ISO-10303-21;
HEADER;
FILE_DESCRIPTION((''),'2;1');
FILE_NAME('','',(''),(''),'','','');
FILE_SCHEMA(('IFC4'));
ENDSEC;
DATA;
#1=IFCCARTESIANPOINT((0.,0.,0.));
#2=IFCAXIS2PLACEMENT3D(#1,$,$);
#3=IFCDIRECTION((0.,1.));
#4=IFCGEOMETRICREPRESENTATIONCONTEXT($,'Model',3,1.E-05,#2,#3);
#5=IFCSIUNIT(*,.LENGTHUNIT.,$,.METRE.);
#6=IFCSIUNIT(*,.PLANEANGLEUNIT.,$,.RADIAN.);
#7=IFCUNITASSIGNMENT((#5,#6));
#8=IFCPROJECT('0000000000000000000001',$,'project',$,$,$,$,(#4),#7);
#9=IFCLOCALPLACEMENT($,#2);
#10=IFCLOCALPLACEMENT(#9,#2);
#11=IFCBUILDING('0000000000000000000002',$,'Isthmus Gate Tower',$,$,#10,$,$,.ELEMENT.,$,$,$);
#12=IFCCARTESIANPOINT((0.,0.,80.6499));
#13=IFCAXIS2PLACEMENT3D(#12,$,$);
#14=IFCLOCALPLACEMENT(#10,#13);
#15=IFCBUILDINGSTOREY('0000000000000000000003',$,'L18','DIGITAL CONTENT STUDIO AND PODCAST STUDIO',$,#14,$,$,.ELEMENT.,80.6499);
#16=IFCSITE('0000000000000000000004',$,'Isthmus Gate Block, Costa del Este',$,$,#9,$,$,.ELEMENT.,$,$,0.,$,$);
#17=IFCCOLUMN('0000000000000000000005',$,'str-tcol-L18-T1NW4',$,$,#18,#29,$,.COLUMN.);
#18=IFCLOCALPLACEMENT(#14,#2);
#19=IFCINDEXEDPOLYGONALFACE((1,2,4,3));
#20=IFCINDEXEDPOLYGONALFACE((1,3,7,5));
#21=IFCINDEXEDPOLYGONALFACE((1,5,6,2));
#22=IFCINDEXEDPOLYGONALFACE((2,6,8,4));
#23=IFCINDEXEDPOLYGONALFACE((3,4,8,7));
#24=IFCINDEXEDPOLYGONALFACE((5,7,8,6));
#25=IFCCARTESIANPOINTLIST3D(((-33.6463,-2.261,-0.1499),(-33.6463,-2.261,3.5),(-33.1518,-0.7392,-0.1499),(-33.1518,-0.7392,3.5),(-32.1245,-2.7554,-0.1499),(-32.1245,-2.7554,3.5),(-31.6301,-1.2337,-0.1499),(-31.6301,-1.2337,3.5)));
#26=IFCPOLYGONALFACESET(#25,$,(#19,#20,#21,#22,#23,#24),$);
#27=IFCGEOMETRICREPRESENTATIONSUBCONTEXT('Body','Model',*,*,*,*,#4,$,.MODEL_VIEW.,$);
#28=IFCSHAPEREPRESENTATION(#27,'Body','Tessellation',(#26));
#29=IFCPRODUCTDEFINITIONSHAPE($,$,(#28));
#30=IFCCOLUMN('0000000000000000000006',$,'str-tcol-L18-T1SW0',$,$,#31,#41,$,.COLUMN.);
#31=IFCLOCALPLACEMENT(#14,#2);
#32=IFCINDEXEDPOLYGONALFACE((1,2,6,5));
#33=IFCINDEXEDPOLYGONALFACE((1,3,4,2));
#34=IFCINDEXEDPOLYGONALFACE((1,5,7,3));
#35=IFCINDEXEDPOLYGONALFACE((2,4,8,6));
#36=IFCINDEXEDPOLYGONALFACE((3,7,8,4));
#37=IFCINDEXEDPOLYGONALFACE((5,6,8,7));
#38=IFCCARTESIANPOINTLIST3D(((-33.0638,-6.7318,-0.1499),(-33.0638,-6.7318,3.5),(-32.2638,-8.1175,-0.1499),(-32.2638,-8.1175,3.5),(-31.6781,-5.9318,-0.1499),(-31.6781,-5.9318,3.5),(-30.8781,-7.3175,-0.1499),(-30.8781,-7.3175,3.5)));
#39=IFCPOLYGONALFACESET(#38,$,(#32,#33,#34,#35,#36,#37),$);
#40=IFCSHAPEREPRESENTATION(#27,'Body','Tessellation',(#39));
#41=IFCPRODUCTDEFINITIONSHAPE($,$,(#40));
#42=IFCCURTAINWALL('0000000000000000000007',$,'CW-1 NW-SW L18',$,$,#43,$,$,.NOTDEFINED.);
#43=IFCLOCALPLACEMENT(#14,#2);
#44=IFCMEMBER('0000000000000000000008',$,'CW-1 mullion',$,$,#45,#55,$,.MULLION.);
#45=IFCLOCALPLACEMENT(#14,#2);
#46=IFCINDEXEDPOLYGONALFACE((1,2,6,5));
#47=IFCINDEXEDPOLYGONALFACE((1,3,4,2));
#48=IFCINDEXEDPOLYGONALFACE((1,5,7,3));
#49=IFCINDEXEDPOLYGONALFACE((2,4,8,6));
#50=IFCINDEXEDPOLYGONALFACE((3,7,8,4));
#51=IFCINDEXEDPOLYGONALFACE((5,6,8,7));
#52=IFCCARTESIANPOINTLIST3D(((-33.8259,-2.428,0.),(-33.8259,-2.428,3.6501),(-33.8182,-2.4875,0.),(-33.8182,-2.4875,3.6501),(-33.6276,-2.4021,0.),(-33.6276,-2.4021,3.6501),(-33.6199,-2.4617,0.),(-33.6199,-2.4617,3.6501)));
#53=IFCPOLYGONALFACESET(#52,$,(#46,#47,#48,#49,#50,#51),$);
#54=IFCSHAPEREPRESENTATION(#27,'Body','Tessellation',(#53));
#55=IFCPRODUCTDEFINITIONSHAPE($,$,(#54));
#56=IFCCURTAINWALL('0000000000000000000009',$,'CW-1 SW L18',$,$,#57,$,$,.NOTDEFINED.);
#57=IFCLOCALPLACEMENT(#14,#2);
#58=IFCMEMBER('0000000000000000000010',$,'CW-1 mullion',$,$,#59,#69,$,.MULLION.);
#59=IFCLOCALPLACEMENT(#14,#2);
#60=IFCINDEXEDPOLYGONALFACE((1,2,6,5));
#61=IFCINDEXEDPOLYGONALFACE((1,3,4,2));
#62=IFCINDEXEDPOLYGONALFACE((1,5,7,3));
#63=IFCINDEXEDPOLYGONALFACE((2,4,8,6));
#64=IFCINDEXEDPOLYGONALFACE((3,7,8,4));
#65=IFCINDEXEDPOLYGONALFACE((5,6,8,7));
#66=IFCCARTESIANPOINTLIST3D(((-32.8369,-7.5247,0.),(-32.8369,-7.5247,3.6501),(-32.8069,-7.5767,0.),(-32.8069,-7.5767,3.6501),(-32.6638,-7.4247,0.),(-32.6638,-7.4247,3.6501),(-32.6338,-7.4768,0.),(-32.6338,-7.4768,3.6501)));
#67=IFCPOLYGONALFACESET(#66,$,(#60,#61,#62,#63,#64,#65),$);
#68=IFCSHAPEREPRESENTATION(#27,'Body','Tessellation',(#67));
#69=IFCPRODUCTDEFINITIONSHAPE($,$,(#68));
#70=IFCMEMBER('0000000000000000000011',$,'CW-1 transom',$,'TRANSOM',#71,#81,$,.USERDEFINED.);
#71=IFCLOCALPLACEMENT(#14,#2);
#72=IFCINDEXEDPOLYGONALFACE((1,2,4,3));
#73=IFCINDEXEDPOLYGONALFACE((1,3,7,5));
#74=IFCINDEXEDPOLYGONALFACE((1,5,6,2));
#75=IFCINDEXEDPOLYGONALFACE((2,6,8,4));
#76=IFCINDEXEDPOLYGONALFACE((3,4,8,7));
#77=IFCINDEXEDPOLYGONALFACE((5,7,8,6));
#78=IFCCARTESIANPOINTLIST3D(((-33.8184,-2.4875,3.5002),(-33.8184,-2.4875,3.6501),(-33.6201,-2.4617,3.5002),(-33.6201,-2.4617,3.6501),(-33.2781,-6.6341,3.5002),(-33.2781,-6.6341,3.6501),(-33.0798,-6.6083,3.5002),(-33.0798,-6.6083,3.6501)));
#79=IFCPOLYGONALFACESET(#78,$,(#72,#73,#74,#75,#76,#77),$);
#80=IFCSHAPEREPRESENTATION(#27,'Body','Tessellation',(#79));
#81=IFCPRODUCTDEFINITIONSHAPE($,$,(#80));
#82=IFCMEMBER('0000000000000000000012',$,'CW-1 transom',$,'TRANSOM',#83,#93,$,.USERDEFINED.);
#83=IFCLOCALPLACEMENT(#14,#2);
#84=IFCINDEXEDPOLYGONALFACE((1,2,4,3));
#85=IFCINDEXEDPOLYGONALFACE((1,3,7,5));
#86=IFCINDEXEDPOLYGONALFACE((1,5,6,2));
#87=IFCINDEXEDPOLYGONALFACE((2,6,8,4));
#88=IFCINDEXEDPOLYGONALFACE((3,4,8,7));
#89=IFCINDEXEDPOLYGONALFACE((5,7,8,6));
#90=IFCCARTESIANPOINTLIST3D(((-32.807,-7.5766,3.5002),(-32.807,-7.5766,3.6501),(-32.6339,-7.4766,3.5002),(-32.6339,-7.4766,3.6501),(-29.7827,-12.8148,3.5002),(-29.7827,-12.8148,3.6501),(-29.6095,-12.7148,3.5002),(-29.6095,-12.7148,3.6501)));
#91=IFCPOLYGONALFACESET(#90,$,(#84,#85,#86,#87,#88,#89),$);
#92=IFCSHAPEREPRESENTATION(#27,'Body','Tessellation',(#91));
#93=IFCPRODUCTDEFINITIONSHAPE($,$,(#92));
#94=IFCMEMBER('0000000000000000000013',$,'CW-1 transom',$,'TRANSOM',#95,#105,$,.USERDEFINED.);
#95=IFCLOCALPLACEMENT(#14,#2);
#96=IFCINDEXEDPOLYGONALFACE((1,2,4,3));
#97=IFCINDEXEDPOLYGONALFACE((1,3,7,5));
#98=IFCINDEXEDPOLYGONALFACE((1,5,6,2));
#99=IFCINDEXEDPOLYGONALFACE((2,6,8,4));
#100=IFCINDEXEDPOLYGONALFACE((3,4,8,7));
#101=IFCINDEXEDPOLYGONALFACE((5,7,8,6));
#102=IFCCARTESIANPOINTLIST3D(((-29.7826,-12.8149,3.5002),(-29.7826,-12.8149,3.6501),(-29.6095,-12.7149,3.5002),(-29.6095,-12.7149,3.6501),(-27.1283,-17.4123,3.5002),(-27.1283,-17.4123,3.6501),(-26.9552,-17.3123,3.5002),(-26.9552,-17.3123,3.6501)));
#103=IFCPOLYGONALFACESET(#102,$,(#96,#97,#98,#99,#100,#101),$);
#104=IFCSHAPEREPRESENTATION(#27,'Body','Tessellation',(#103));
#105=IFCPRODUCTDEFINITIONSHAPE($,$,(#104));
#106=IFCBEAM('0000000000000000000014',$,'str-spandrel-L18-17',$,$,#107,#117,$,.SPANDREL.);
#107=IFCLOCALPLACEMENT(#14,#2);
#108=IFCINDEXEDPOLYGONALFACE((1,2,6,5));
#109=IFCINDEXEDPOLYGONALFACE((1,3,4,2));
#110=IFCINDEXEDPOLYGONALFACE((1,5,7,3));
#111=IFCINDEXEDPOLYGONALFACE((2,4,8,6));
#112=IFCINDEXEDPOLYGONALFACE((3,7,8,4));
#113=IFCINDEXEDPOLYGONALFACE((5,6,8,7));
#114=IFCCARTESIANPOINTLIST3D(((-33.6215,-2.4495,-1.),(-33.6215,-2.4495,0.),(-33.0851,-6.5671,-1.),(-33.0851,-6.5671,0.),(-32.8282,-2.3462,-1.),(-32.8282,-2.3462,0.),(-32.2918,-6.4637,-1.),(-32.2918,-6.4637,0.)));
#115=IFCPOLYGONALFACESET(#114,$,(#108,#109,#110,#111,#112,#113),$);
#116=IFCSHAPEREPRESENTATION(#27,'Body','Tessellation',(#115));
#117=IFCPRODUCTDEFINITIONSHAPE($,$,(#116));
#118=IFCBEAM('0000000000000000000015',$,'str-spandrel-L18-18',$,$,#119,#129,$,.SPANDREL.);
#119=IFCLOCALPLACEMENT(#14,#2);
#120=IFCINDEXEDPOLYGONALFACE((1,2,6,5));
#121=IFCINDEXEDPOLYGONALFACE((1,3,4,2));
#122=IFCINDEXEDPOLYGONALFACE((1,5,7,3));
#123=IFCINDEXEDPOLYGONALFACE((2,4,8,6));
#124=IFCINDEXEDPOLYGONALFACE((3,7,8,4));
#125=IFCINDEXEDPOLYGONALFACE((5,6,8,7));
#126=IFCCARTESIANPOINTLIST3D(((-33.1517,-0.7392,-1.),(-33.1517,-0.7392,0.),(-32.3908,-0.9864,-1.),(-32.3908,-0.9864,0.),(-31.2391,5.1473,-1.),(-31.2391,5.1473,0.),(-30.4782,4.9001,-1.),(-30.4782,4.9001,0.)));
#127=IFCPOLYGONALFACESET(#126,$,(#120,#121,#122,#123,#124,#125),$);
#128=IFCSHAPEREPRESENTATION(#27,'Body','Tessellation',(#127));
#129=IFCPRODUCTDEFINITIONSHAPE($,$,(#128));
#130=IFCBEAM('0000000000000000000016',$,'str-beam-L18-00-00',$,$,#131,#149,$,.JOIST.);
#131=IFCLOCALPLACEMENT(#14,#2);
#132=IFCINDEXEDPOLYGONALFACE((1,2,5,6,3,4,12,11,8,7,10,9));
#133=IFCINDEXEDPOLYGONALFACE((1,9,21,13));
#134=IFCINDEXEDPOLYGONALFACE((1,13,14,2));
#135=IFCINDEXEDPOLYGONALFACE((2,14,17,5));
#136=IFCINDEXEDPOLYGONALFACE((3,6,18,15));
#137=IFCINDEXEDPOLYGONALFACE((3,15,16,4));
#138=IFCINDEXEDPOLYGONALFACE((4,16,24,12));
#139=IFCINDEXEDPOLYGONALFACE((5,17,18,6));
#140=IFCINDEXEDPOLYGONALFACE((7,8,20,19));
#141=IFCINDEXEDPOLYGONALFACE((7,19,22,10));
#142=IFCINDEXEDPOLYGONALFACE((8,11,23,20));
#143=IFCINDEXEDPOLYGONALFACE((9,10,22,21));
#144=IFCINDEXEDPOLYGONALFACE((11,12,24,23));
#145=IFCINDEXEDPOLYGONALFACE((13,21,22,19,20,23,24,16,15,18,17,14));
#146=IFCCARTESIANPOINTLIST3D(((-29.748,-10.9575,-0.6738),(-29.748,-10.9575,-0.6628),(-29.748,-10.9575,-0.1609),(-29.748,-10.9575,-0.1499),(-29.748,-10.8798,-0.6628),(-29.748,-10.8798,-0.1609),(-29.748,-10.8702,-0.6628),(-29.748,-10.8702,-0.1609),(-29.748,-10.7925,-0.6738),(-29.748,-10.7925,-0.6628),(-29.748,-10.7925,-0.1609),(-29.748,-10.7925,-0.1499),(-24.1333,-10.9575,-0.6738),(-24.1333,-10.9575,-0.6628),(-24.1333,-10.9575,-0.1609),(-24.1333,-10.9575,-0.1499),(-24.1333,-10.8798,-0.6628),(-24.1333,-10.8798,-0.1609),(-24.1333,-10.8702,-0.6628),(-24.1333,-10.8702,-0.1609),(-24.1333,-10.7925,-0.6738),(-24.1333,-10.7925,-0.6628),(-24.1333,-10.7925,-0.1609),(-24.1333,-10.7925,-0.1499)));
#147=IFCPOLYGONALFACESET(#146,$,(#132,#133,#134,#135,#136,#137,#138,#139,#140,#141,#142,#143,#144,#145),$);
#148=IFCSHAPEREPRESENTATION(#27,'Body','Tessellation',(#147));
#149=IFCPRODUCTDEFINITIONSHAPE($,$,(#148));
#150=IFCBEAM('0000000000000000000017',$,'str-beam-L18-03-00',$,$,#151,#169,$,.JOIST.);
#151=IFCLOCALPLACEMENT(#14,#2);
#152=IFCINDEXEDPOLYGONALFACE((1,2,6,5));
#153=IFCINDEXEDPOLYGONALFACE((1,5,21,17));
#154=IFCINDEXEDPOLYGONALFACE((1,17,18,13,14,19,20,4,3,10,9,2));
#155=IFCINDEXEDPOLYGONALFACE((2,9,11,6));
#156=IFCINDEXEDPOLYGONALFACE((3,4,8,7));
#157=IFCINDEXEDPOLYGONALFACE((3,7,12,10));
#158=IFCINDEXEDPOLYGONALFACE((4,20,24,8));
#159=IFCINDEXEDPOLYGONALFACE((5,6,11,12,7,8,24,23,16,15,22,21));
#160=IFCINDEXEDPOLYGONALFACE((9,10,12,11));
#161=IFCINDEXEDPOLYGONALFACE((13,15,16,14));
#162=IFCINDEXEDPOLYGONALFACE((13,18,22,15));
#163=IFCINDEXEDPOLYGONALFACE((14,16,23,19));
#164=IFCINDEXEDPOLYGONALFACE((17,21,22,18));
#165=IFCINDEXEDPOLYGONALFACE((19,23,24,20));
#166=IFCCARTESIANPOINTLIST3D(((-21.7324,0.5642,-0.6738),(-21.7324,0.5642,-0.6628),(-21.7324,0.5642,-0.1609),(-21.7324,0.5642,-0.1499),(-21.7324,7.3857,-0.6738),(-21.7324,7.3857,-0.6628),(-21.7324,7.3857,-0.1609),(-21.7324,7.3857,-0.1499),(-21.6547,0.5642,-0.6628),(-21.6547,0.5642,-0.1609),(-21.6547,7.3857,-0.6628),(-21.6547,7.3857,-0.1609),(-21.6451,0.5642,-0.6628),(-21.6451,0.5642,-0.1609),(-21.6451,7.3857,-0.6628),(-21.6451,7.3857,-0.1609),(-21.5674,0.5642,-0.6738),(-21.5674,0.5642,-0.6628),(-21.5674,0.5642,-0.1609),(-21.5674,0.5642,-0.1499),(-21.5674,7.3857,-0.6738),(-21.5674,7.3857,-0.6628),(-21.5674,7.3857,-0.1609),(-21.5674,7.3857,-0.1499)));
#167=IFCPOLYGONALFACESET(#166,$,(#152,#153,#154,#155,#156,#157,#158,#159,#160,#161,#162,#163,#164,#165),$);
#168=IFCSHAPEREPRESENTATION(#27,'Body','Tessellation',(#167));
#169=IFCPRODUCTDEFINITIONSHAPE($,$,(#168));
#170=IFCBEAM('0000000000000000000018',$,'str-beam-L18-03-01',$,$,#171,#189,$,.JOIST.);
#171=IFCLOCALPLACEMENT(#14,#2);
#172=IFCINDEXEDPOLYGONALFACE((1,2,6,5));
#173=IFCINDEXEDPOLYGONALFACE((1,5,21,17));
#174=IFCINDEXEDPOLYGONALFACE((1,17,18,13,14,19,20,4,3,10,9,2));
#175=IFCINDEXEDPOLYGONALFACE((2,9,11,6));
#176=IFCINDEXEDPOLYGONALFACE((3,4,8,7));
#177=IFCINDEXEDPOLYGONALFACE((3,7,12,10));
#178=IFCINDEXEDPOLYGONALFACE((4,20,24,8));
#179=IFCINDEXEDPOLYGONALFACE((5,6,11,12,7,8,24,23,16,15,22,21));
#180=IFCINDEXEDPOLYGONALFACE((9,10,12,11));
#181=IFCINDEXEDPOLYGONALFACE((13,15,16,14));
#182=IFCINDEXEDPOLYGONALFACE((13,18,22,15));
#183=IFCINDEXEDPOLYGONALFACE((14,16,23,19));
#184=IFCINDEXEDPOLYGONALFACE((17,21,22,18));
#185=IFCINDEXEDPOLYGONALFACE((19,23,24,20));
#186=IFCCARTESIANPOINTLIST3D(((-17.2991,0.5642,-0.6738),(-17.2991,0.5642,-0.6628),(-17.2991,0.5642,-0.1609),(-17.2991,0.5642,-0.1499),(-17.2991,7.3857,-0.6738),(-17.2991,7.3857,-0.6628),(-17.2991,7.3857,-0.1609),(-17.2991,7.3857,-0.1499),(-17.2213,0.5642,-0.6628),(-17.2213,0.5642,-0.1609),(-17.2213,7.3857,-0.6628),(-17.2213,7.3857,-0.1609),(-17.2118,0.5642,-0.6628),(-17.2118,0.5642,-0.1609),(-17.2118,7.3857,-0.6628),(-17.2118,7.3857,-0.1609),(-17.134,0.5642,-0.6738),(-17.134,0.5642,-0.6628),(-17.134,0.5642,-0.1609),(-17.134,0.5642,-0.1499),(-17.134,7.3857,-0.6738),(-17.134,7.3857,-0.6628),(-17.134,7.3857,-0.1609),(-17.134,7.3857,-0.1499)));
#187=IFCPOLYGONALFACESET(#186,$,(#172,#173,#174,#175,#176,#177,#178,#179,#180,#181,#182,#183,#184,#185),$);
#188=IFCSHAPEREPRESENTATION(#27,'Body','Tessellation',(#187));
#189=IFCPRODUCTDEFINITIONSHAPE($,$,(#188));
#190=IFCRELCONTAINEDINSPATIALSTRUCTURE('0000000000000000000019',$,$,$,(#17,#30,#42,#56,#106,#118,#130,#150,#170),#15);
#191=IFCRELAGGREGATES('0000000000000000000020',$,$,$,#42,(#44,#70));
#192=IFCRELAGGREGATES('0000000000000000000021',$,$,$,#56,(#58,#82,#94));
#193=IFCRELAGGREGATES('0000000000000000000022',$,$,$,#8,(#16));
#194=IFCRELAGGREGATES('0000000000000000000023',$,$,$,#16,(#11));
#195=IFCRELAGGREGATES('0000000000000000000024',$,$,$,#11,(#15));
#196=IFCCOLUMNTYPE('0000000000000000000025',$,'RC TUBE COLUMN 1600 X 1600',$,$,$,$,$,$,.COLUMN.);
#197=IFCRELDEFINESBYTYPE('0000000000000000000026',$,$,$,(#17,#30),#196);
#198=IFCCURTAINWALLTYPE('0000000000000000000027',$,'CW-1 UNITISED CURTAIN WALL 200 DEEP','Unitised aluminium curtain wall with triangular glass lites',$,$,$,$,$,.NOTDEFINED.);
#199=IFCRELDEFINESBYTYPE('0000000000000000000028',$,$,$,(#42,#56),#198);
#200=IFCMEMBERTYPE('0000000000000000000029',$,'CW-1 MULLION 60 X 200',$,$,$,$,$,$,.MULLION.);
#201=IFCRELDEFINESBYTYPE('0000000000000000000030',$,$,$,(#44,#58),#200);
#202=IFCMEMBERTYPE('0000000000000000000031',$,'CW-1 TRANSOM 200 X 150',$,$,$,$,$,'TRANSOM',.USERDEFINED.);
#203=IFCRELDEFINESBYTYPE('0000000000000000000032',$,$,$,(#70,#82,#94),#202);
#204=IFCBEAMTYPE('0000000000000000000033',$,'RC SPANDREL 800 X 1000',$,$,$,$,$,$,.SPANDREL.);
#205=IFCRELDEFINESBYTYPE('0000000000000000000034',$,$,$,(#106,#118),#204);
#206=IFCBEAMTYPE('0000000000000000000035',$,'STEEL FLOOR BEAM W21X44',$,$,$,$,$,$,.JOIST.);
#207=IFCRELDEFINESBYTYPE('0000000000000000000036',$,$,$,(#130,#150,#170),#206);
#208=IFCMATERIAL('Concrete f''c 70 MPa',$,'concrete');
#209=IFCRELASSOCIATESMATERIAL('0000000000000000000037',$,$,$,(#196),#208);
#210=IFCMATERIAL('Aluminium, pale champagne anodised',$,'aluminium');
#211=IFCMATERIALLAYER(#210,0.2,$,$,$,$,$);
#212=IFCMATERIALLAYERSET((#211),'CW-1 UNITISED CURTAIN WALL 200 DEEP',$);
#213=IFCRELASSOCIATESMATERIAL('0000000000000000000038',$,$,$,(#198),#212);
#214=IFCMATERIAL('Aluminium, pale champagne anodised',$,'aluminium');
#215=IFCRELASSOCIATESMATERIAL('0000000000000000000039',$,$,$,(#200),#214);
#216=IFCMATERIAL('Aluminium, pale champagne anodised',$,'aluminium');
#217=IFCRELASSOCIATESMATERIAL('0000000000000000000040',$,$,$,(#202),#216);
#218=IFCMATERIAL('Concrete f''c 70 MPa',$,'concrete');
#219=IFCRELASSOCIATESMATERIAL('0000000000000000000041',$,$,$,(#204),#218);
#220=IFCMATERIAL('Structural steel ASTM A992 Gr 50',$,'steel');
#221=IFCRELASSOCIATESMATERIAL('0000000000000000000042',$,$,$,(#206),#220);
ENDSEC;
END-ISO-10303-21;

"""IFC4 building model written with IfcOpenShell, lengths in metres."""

from ifc_helpers import new_model, si_unit, direction, frame, origin, origin_2d, place, context, subcontext, project, spatial, rectangle, i_section, extrude, material, layer, layer_set, material_profile, profile_set, type_object, element, aggregate, save


model = new_model("IFC4")

# Units and contexts
model_context = context("Model", 3, precision=1e-05, world=origin(), true_north=direction((0.0, 1.0)))
body_context = subcontext(model_context, "Body", "Model", "MODEL_VIEW")
ifc_project = project(units=[si_unit("LENGTHUNIT", "METRE"), si_unit("PLANEANGLEUNIT", "RADIAN")], contexts=[model_context])

# Site, building, storey
site_placement = place(None, origin())
site = spatial("IfcSite", under=ifc_project, at=site_placement, Name="Isthmus Gate Block, Costa del Este", CompositionType="ELEMENT", RefElevation=0.0)
building_placement = place(site_placement, origin())
building = spatial("IfcBuilding", under=site, at=building_placement, Name="Isthmus Gate Tower", CompositionType="ELEMENT")
storey_placement = place(building_placement, frame((0.0, 0.0, 80.6499)))
storey = spatial("IfcBuildingStorey", under=building, at=storey_placement, Name="L18", Description="DIGITAL CONTENT STUDIO AND PODCAST STUDIO", CompositionType="ELEMENT", Elevation=80.6499)

# Columns
ifc_material_1 = material(Name="Concrete f'c 70 MPa", Category="concrete")
ifc_material_profile_1 = material_profile(ifc_material_1, rectangle(XDim=1.6001, YDim=1.6001, at=origin_2d()), Name="RC 1600X1600")
ifc_profile_set_1 = profile_set([ifc_material_profile_1], Name="Concrete f'c 70 MPa")
column_type = type_object("IfcColumnType", Name="RC TUBE COLUMN 1600 X 1600", PredefinedType="COLUMN", material=ifc_profile_set_1)
for number, where, z_axis, x_axis, name in (
    (1, (-32.6382, -1.7473, -0.1499), (0.0, 0.0, 1.0), (-0.309017, -0.951057, 0.0), "str-tcol-L18-T1NW4"),
    (2, (-31.9709, -7.0247, -0.1499), (0.0, 0.0, 1.0), (0.5, -0.866025, 0.0), "str-tcol-L18-T1SW0"),
):
    element("IfcColumn", number, at=place(storey_placement, frame(where, z_axis=z_axis, x_axis=x_axis)), inside=storey, type_object=column_type, Name=name, PredefinedType="COLUMN", context=body_context, shape_type="SweptSolid", body=[
        extrude(rectangle(XDim=1.6001, YDim=1.6001, at=origin_2d()), origin(), (0.0, 0.0, 1.0), 3.6499),
    ])

# Curtain walls, members
ifc_material_2 = material(Name="Aluminium, pale champagne anodised", Category="aluminium")
ifc_layer_1 = layer(ifc_material_2, 0.2)
ifc_layer_set_1 = layer_set([ifc_layer_1], Name="CW-1 UNITISED CURTAIN WALL 200 DEEP")
curtain_wall_type = type_object("IfcCurtainWallType", Name="CW-1 UNITISED CURTAIN WALL 200 DEEP", Description="Unitised aluminium curtain wall with triangular glass lites", PredefinedType="NOTDEFINED", material=ifc_layer_set_1)
curtain_wall_1_placement = place(storey_placement, origin())
curtain_wall_1 = element("IfcCurtainWall", 3, at=curtain_wall_1_placement, inside=storey, type_object=curtain_wall_type, Name="CW-1 NW-SW L18", PredefinedType="NOTDEFINED")
ifc_material_3 = material(Name="Aluminium, pale champagne anodised", Category="aluminium")
ifc_material_profile_2 = material_profile(ifc_material_3, rectangle(XDim=0.0601, YDim=0.2, at=origin_2d()), Name="60x200")
ifc_profile_set_2 = profile_set([ifc_material_profile_2], Name="Aluminium, pale champagne anodised")
member_type_1 = type_object("IfcMemberType", Name="CW-1 MULLION 60 X 200", PredefinedType="MULLION", material=ifc_profile_set_2)
member_1_placement = place(storey_placement, frame((-33.7229, -2.4448, 0.0), z_axis=(0.0, 0.0, 1.0), x_axis=(0.129165, -0.991623, 0.0)))
member_1 = element("IfcMember", 4, at=member_1_placement, type_object=member_type_1, Name="CW-1 mullion", PredefinedType="MULLION", context=body_context, shape_type="SweptSolid", body=[
    extrude(rectangle(XDim=0.0601, YDim=0.2, at=origin_2d()), origin(), (0.0, 0.0, 1.0), 3.6501),
])
curtain_wall_2_placement = place(storey_placement, origin())
curtain_wall_2 = element("IfcCurtainWall", 5, at=curtain_wall_2_placement, inside=storey, type_object=curtain_wall_type, Name="CW-1 SW L18", PredefinedType="NOTDEFINED")
member_2_placement = place(storey_placement, frame((-32.7354, -7.5007, 0.0), z_axis=(0.0, 0.0, 1.0), x_axis=(0.5, -0.866025, 0.0)))
member_2 = element("IfcMember", 6, at=member_2_placement, type_object=member_type_1, Name="CW-1 mullion", PredefinedType="MULLION", context=body_context, shape_type="SweptSolid", body=[
    extrude(rectangle(XDim=0.0601, YDim=0.2, at=origin_2d()), origin(), (0.0, 0.0, 1.0), 3.6501),
])

# Members
ifc_material_4 = material(Name="Aluminium, pale champagne anodised", Category="aluminium")
ifc_material_profile_3 = material_profile(ifc_material_4, rectangle(XDim=0.2, YDim=0.1499, at=origin_2d()), Name="200x150")
ifc_profile_set_3 = profile_set([ifc_material_profile_3], Name="Aluminium, pale champagne anodised")
member_type_2 = type_object("IfcMemberType", Name="CW-1 TRANSOM 200 X 150", ElementType="TRANSOM", PredefinedType="USERDEFINED", material=ifc_profile_set_3)
member_3_placement = place(storey_placement, frame((-33.7192, -2.4746, 3.5752), z_axis=(0.129207, -0.991618, 0.0), x_axis=(0.991618, 0.129207, 0.0)))
member_3 = element("IfcMember", 7, at=member_3_placement, type_object=member_type_2, Name="CW-1 transom", ObjectType="TRANSOM", PredefinedType="USERDEFINED", context=body_context, shape_type="SweptSolid", body=[
    extrude(rectangle(XDim=0.2, YDim=0.1499, at=origin_2d()), origin(), (0.0, 0.0, 1.0), 4.1816),
])
member_4_placement = place(storey_placement, frame((-32.7205, -7.5266, 3.5752), z_axis=(0.500011, -0.866019, 0.0), x_axis=(0.866019, 0.500011, 0.0)))
member_4 = element("IfcMember", 8, at=member_4_placement, type_object=member_type_2, Name="CW-1 transom", ObjectType="TRANSOM", PredefinedType="USERDEFINED", context=body_context, shape_type="SweptSolid", body=[
    extrude(rectangle(XDim=0.2, YDim=0.1499, at=origin_2d()), origin(), (0.0, 0.0, 1.0), 6.0486),
])
member_5_placement = place(storey_placement, frame((-29.696, -12.7649, 3.5752), z_axis=(0.499997, -0.866027, 0.0), x_axis=(0.866027, 0.499997, 0.0)))
member_5 = element("IfcMember", 9, at=member_5_placement, type_object=member_type_2, Name="CW-1 transom", ObjectType="TRANSOM", PredefinedType="USERDEFINED", context=body_context, shape_type="SweptSolid", body=[
    extrude(rectangle(XDim=0.2, YDim=0.1499, at=origin_2d()), origin(), (0.0, 0.0, 1.0), 5.3086),
])

# Beams
ifc_material_5 = material(Name="Concrete f'c 70 MPa", Category="concrete")
ifc_material_profile_4 = material_profile(ifc_material_5, rectangle(XDim=0.8, YDim=1.0, at=origin_2d()), Name="RC 800X1000")
ifc_profile_set_4 = profile_set([ifc_material_profile_4], Name="Concrete f'c 70 MPa")
beam_type_1 = type_object("IfcBeamType", Name="RC SPANDREL 800 X 1000", PredefinedType="SPANDREL", material=ifc_profile_set_4)
beam_1_placement = place(storey_placement, frame((-32.6885, -6.5154, -0.5), z_axis=(-0.129171, 0.991622, 0.0), x_axis=(-0.991622, -0.129171, 0.0)))
element("IfcBeam", 10, at=beam_1_placement, inside=storey, type_object=beam_type_1, Name="str-spandrel-L18-17", PredefinedType="SPANDREL", context=body_context, shape_type="SweptSolid", body=[
    extrude(rectangle(XDim=0.8, YDim=1.0, at=origin_2d()), origin(), (0.0, 0.0, 1.0), 4.1523),
])
beam_2_placement = place(storey_placement, frame((-32.7712, -0.8628, -0.5), z_axis=(0.309012, 0.951058, 0.0), x_axis=(-0.951058, 0.309012, 0.0)))
element("IfcBeam", 11, at=beam_2_placement, inside=storey, type_object=beam_type_1, Name="str-spandrel-L18-18", PredefinedType="SPANDREL", context=body_context, shape_type="SweptSolid", body=[
    extrude(rectangle(XDim=0.8, YDim=1.0, at=origin_2d()), origin(), (0.0, 0.0, 1.0), 6.1895),
])
ifc_material_6 = material(Name="Structural steel ASTM A992 Gr 50", Category="steel")
ifc_material_profile_5 = material_profile(ifc_material_6, i_section(OverallWidth=0.165, OverallDepth=0.5239, WebThickness=0.0095, FlangeThickness=0.011, at=origin_2d()), Name="W21X44")
ifc_profile_set_5 = profile_set([ifc_material_profile_5], Name="Structural steel ASTM A992 Gr 50")
beam_type_2 = type_object("IfcBeamType", Name="STEEL FLOOR BEAM W21X44", PredefinedType="JOIST", material=ifc_profile_set_5)
beam_3_placement = place(storey_placement, frame((-29.748, -10.875, -0.4119), z_axis=(1.0, 0.0, 0.0), x_axis=(0.0, 1.0, 0.0)))
element("IfcBeam", 12, at=beam_3_placement, inside=storey, type_object=beam_type_2, Name="str-beam-L18-00-00", PredefinedType="JOIST", context=body_context, shape_type="SweptSolid", body=[
    extrude(i_section(OverallWidth=0.165, OverallDepth=0.5239, WebThickness=0.0095, FlangeThickness=0.011, at=origin_2d()), origin(), (0.0, 0.0, 1.0), 5.6147),
])
for number, where, z_axis, x_axis, name in (
    (13, (-21.6499, 0.5642, -0.4119), (0.0, 1.0, 0.0), (-1.0, 0.0, 0.0), "str-beam-L18-03-00"),
    (14, (-17.2166, 0.5642, -0.4119), (0.0, 1.0, 0.0), (-1.0, 0.0, 0.0), "str-beam-L18-03-01"),
):
    element("IfcBeam", number, at=place(storey_placement, frame(where, z_axis=z_axis, x_axis=x_axis)), inside=storey, type_object=beam_type_2, Name=name, PredefinedType="JOIST", context=body_context, shape_type="SweptSolid", body=[
        extrude(i_section(OverallWidth=0.165, OverallDepth=0.5239, WebThickness=0.0095, FlangeThickness=0.011, at=origin_2d()), origin(), (0.0, 0.0, 1.0), 6.8215),
    ])

aggregate(curtain_wall_1, [member_1, member_3])
aggregate(curtain_wall_2, [member_2, member_4, member_5])

save(model, "model.ifc")
